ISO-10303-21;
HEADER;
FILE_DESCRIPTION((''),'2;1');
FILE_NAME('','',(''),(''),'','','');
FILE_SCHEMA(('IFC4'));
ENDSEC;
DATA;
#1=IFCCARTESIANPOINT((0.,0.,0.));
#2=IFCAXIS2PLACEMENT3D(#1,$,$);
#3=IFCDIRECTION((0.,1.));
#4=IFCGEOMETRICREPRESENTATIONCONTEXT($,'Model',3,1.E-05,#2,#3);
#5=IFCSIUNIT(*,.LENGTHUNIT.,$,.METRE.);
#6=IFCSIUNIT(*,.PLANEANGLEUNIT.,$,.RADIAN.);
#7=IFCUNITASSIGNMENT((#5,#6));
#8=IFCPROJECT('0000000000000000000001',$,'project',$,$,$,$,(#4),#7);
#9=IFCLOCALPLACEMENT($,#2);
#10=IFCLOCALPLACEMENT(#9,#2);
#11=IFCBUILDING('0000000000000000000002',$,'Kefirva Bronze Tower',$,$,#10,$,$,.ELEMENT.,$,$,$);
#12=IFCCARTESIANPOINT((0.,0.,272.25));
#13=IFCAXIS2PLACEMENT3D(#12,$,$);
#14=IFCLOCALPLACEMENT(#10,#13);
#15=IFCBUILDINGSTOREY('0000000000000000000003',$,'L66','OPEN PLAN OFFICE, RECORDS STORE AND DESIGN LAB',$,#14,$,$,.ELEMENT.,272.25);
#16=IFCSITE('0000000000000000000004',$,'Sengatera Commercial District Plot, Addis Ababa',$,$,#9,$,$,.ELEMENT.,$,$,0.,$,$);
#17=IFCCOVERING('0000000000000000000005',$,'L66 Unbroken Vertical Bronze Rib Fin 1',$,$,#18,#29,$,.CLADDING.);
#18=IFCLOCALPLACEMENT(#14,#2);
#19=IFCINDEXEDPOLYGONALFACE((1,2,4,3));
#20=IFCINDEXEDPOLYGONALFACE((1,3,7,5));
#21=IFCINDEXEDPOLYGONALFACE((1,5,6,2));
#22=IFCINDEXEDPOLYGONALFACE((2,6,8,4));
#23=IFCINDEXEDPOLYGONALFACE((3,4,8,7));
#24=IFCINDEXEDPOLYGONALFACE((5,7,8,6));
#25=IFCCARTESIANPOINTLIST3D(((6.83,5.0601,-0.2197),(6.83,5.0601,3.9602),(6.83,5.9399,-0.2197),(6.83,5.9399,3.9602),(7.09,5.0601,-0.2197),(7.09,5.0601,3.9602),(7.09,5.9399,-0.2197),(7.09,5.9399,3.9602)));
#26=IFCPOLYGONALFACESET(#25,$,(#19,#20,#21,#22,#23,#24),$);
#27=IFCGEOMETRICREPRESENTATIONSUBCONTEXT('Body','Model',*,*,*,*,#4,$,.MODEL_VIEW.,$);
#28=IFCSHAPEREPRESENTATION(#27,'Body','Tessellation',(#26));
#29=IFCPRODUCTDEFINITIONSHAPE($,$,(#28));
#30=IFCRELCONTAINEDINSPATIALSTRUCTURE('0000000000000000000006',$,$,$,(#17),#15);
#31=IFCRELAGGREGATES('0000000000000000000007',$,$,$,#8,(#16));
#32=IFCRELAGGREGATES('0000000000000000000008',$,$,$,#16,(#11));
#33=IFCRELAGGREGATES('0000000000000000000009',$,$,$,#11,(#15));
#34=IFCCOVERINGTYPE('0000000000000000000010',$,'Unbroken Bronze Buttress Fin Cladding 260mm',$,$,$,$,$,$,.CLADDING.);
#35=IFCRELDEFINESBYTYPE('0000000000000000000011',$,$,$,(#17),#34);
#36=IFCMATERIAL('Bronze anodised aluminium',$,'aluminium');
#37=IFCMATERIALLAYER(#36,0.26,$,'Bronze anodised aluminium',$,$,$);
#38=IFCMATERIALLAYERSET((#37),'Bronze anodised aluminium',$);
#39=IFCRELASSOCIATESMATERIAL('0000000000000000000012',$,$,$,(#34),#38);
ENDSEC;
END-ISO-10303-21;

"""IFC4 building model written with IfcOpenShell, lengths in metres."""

from ifc_helpers import new_model, si_unit, direction, frame, origin, origin_2d, place, context, subcontext, project, spatial, rectangle, extrude, material, layer, layer_set, type_object, element, save


model = new_model("IFC4")

# Units and contexts
model_context = context("Model", 3, precision=1e-05, world=origin(), true_north=direction((0.0, 1.0)))
body_context = subcontext(model_context, "Body", "Model", "MODEL_VIEW")
ifc_project = project(units=[si_unit("LENGTHUNIT", "METRE"), si_unit("PLANEANGLEUNIT", "RADIAN")], contexts=[model_context])

# Site, building, storey
site_placement = place(None, origin())
site = spatial("IfcSite", under=ifc_project, at=site_placement, Name="Sengatera Commercial District Plot, Addis Ababa", CompositionType="ELEMENT", RefElevation=0.0)
building_placement = place(site_placement, origin())
building = spatial("IfcBuilding", under=site, at=building_placement, Name="Kefirva Bronze Tower", CompositionType="ELEMENT")
storey_placement = place(building_placement, frame((0.0, 0.0, 272.25)))
storey = spatial("IfcBuildingStorey", under=building, at=storey_placement, Name="L66", Description="OPEN PLAN OFFICE, RECORDS STORE AND DESIGN LAB", CompositionType="ELEMENT", Elevation=272.25)

# Shared definitions
ifc_material_1 = material(Name="Bronze anodised aluminium", Category="aluminium")

# Covering
ifc_layer_1 = layer(ifc_material_1, 0.26, Name="Bronze anodised aluminium")
ifc_layer_set_1 = layer_set([ifc_layer_1], Name="Bronze anodised aluminium")
covering_type_1 = type_object("IfcCoveringType", Name="Unbroken Bronze Buttress Fin Cladding 260mm", PredefinedType="CLADDING", material=ifc_layer_set_1)
covering_1_placement = place(storey_placement, frame((6.96, 5.5, -0.2197), z_axis=(0.0, 0.0, 1.0), x_axis=(1.0, 0.0, 0.0)))
element("IfcCovering", 1, at=covering_1_placement, inside=storey, type_object=covering_type_1, Name="L66 Unbroken Vertical Bronze Rib Fin 1", PredefinedType="CLADDING", context=body_context, shape_type="SweptSolid", body=[
    extrude(rectangle(XDim=0.26, YDim=0.8799, at=origin_2d()), origin(), (0.0, 0.0, 1.0), 4.1799),
])

save(model, "model.ifc")
